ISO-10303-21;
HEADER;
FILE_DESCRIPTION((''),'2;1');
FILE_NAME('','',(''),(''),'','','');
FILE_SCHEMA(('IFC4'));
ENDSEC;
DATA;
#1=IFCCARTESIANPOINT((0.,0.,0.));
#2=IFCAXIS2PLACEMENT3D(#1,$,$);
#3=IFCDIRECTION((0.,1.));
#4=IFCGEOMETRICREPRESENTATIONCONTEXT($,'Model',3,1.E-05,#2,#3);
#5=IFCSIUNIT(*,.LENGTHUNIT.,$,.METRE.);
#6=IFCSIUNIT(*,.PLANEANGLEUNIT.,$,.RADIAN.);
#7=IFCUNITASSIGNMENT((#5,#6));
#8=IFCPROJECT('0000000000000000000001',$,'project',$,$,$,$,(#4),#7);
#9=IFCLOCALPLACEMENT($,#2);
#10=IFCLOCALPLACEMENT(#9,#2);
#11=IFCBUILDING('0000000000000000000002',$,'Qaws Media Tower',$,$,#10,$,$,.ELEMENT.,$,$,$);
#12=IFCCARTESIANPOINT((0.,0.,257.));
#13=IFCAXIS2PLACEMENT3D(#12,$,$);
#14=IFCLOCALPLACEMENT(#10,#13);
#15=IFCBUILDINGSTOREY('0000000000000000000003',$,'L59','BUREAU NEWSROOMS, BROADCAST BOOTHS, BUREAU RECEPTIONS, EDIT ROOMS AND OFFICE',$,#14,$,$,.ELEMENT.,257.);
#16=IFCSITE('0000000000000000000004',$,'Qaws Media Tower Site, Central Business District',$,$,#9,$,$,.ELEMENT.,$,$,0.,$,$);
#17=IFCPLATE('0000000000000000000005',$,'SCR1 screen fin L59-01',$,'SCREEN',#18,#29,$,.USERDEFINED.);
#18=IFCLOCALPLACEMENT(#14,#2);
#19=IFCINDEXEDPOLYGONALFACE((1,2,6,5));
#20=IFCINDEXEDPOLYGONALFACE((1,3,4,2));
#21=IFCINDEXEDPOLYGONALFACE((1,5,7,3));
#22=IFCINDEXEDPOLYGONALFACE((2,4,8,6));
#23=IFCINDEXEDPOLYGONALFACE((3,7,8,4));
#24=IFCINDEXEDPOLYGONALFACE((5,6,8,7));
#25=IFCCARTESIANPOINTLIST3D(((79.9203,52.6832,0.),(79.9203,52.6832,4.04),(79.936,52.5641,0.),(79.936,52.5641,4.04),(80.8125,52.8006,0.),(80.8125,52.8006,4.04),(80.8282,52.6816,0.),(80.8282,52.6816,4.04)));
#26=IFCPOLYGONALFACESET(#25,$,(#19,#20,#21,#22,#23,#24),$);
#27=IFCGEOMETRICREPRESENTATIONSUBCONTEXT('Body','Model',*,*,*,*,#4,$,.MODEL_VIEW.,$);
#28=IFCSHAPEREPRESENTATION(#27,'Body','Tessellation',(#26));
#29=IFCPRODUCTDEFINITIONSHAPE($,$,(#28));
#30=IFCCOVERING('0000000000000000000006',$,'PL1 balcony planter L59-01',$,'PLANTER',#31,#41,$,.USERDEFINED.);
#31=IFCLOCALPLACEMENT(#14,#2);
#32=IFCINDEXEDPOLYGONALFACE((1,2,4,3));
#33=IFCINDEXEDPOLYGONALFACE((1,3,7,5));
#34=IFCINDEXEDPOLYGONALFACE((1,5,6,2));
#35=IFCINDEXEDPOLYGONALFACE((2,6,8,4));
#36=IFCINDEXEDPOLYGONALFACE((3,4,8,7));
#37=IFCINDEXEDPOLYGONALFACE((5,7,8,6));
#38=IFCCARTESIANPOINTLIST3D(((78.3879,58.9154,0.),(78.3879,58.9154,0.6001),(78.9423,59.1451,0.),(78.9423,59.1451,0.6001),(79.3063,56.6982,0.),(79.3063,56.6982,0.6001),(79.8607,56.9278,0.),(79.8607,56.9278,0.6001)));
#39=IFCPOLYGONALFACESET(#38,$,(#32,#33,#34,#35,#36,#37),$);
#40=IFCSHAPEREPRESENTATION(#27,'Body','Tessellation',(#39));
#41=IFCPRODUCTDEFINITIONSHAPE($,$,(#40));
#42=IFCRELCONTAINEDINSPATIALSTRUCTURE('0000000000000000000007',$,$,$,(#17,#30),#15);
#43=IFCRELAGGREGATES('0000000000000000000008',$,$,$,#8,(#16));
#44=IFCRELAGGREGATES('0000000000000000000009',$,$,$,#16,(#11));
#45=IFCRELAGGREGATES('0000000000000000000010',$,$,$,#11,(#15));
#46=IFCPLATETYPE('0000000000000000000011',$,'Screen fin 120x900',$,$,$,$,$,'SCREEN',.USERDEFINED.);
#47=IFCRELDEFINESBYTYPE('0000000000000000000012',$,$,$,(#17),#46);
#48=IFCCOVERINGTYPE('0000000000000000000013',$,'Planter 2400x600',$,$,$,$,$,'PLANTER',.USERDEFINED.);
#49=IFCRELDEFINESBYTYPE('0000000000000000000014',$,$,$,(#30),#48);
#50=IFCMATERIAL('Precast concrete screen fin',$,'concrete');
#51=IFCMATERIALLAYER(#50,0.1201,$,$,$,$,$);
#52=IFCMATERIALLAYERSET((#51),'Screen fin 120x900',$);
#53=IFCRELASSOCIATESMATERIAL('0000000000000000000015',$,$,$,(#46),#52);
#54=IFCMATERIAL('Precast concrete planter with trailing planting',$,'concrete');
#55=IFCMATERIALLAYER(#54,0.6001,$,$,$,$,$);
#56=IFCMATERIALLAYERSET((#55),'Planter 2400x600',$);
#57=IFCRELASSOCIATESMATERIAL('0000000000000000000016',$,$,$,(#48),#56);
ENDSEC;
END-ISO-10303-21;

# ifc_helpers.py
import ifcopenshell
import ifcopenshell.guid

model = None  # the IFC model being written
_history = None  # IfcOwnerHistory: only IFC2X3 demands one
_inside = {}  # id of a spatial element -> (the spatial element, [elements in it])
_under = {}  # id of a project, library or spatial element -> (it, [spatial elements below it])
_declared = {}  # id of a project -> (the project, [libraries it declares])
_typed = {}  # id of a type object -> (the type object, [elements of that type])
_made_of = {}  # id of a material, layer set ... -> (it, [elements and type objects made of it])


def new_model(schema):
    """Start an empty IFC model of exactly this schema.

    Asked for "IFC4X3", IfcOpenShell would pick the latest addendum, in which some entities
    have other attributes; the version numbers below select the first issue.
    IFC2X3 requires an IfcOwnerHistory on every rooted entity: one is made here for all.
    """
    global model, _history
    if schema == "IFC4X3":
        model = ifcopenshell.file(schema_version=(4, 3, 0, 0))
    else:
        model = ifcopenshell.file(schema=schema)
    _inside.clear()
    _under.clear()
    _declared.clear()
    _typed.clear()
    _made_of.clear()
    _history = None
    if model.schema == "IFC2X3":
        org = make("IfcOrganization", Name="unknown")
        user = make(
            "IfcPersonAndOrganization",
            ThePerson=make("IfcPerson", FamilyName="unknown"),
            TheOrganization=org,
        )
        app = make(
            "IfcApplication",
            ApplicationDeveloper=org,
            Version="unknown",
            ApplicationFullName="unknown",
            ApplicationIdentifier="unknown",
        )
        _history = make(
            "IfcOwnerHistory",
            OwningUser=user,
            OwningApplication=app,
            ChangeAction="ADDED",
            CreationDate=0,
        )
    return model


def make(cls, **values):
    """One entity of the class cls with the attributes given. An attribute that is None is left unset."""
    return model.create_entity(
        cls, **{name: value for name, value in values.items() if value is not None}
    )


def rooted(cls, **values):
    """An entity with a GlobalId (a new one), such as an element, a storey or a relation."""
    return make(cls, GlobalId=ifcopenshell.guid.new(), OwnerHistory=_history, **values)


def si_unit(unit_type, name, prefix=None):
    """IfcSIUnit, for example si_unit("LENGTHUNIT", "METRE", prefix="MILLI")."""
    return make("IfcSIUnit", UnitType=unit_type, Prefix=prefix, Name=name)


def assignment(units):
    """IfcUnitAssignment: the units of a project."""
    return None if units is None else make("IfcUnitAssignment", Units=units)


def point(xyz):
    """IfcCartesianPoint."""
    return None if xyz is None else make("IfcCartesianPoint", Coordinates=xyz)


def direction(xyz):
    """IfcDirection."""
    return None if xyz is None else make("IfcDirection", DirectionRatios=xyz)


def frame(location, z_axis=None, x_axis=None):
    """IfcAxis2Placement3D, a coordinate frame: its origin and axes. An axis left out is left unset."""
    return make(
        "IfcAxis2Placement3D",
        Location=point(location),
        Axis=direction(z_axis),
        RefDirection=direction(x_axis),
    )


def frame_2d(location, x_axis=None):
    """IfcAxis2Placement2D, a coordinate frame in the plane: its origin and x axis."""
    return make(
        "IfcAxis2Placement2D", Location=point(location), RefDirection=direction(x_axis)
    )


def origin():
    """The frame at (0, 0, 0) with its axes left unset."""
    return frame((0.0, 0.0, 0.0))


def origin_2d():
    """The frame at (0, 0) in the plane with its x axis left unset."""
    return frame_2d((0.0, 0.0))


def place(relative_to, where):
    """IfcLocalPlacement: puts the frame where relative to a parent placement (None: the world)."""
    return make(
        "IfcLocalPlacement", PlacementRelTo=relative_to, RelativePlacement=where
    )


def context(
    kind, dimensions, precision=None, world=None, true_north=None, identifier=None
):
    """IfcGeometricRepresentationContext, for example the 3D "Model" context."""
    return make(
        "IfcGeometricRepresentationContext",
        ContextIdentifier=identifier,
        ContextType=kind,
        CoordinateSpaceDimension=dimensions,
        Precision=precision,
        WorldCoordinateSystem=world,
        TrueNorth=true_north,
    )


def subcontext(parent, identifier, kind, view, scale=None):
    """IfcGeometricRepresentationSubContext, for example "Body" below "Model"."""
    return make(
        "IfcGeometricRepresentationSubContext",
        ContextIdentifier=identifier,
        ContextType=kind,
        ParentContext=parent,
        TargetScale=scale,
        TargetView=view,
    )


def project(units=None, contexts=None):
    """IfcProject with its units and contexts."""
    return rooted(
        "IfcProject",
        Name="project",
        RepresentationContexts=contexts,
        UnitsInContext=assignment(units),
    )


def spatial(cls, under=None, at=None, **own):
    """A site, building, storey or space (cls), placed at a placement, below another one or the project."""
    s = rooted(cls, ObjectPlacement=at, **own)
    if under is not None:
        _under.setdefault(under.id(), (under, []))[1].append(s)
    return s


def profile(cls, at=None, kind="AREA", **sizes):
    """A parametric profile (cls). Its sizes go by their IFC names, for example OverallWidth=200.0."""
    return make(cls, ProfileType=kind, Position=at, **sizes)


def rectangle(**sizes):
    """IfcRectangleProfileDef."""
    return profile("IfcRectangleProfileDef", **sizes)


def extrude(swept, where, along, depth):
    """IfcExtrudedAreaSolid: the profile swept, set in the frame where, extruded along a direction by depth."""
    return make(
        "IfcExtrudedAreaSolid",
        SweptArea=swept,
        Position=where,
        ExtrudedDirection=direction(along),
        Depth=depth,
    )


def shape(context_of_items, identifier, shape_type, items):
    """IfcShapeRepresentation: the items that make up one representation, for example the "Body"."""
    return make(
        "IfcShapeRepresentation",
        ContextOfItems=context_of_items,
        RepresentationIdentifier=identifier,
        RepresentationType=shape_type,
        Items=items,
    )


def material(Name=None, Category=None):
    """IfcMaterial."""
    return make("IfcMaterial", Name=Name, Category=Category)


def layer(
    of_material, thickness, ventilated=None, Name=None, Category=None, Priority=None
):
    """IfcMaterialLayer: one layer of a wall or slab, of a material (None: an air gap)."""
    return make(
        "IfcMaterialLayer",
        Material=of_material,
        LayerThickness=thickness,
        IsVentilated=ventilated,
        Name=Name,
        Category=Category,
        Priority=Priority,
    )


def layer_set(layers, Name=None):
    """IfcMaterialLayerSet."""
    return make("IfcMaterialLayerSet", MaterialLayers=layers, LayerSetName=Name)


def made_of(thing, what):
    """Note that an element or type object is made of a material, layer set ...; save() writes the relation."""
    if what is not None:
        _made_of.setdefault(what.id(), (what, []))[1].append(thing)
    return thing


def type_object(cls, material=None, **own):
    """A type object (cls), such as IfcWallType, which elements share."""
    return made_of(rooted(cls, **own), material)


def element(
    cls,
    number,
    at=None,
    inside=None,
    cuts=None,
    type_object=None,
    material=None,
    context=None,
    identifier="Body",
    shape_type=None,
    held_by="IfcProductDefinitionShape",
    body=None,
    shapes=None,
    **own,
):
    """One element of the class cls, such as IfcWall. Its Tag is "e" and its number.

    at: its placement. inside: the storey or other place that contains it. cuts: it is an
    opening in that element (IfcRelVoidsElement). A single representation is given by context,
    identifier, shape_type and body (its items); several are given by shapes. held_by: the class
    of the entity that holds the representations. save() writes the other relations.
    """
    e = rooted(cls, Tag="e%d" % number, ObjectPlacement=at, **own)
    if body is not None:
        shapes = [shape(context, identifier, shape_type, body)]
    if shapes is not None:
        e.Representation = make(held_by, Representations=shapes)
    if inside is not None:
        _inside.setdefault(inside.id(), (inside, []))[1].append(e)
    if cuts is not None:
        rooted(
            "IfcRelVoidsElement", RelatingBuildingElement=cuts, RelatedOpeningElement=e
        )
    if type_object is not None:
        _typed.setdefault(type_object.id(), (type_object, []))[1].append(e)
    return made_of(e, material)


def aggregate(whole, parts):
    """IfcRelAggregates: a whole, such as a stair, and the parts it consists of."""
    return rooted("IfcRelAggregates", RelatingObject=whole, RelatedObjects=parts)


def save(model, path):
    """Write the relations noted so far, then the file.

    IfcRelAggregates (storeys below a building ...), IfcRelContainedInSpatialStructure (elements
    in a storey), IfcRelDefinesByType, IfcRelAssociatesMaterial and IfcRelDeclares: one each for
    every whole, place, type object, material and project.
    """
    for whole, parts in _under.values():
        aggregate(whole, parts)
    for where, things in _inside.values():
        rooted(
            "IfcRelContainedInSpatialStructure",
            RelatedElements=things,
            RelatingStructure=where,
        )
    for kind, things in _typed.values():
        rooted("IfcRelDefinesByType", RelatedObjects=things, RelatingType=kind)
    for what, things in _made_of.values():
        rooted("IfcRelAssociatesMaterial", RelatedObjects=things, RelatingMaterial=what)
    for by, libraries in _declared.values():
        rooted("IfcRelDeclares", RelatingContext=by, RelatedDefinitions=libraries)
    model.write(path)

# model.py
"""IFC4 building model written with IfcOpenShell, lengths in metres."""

from ifc_helpers import new_model, si_unit, direction, frame, origin, origin_2d, place, context, subcontext, project, spatial, rectangle, extrude, material, layer, layer_set, type_object, element, save


model = new_model("IFC4")

# Units and contexts
model_context = context("Model", 3, precision=1e-05, world=origin(), true_north=direction((0.0, 1.0)))
body_context = subcontext(model_context, "Body", "Model", "MODEL_VIEW")
ifc_project = project(units=[si_unit("LENGTHUNIT", "METRE"), si_unit("PLANEANGLEUNIT", "RADIAN")], contexts=[model_context])

# Site, building, storey
site_placement = place(None, origin())
site = spatial("IfcSite", under=ifc_project, at=site_placement, Name="Qaws Media Tower Site, Central Business District", CompositionType="ELEMENT", RefElevation=0.0)
building_placement = place(site_placement, origin())
building = spatial("IfcBuilding", under=site, at=building_placement, Name="Qaws Media Tower", CompositionType="ELEMENT")
storey_placement = place(building_placement, frame((0.0, 0.0, 257.0)))
storey = spatial("IfcBuildingStorey", under=building, at=storey_placement, Name="L59", Description="BUREAU NEWSROOMS, BROADCAST BOOTHS, BUREAU RECEPTIONS, EDIT ROOMS AND OFFICE", CompositionType="ELEMENT", Elevation=257.0)

# Plate
ifc_material_1 = material(Name="Precast concrete screen fin", Category="concrete")
ifc_layer_1 = layer(ifc_material_1, 0.1201)
ifc_layer_set_1 = layer_set([ifc_layer_1], Name="Screen fin 120x900")
plate_type_1 = type_object("IfcPlateType", Name="Screen fin 120x900", ElementType="SCREEN", PredefinedType="USERDEFINED", material=ifc_layer_set_1)
plate_1_placement = place(storey_placement, frame((80.3743, 52.6824, 0.0), z_axis=(0.0, 0.0, 1.0), x_axis=(0.991445, 0.130526, 0.0)))
element("IfcPlate", 1, at=plate_1_placement, inside=storey, type_object=plate_type_1, Name="SCR1 screen fin L59-01", ObjectType="SCREEN", PredefinedType="USERDEFINED", context=body_context, shape_type="SweptSolid", body=[
    extrude(rectangle(XDim=0.8999, YDim=0.1201, at=origin_2d()), origin(), (0.0, 0.0, 1.0), 4.04),
])

# Covering
ifc_material_2 = material(Name="Precast concrete planter with trailing planting", Category="concrete")
ifc_layer_2 = layer(ifc_material_2, 0.6001)
ifc_layer_set_2 = layer_set([ifc_layer_2], Name="Planter 2400x600")
covering_type = type_object("IfcCoveringType", Name="Planter 2400x600", ElementType="PLANTER", PredefinedType="USERDEFINED", material=ifc_layer_set_2)
covering_placement = place(storey_placement, frame((79.1243, 57.9216, 0.0), z_axis=(0.0, 0.0, 1.0), x_axis=(-0.382683, 0.92388, 0.0)))
element("IfcCovering", 2, at=covering_placement, inside=storey, type_object=covering_type, Name="PL1 balcony planter L59-01", ObjectType="PLANTER", PredefinedType="USERDEFINED", context=body_context, shape_type="SweptSolid", body=[
    extrude(rectangle(XDim=2.3999, YDim=0.6001, at=origin_2d()), origin(), (0.0, 0.0, 1.0), 0.6001),
])

save(model, "model.ifc")
